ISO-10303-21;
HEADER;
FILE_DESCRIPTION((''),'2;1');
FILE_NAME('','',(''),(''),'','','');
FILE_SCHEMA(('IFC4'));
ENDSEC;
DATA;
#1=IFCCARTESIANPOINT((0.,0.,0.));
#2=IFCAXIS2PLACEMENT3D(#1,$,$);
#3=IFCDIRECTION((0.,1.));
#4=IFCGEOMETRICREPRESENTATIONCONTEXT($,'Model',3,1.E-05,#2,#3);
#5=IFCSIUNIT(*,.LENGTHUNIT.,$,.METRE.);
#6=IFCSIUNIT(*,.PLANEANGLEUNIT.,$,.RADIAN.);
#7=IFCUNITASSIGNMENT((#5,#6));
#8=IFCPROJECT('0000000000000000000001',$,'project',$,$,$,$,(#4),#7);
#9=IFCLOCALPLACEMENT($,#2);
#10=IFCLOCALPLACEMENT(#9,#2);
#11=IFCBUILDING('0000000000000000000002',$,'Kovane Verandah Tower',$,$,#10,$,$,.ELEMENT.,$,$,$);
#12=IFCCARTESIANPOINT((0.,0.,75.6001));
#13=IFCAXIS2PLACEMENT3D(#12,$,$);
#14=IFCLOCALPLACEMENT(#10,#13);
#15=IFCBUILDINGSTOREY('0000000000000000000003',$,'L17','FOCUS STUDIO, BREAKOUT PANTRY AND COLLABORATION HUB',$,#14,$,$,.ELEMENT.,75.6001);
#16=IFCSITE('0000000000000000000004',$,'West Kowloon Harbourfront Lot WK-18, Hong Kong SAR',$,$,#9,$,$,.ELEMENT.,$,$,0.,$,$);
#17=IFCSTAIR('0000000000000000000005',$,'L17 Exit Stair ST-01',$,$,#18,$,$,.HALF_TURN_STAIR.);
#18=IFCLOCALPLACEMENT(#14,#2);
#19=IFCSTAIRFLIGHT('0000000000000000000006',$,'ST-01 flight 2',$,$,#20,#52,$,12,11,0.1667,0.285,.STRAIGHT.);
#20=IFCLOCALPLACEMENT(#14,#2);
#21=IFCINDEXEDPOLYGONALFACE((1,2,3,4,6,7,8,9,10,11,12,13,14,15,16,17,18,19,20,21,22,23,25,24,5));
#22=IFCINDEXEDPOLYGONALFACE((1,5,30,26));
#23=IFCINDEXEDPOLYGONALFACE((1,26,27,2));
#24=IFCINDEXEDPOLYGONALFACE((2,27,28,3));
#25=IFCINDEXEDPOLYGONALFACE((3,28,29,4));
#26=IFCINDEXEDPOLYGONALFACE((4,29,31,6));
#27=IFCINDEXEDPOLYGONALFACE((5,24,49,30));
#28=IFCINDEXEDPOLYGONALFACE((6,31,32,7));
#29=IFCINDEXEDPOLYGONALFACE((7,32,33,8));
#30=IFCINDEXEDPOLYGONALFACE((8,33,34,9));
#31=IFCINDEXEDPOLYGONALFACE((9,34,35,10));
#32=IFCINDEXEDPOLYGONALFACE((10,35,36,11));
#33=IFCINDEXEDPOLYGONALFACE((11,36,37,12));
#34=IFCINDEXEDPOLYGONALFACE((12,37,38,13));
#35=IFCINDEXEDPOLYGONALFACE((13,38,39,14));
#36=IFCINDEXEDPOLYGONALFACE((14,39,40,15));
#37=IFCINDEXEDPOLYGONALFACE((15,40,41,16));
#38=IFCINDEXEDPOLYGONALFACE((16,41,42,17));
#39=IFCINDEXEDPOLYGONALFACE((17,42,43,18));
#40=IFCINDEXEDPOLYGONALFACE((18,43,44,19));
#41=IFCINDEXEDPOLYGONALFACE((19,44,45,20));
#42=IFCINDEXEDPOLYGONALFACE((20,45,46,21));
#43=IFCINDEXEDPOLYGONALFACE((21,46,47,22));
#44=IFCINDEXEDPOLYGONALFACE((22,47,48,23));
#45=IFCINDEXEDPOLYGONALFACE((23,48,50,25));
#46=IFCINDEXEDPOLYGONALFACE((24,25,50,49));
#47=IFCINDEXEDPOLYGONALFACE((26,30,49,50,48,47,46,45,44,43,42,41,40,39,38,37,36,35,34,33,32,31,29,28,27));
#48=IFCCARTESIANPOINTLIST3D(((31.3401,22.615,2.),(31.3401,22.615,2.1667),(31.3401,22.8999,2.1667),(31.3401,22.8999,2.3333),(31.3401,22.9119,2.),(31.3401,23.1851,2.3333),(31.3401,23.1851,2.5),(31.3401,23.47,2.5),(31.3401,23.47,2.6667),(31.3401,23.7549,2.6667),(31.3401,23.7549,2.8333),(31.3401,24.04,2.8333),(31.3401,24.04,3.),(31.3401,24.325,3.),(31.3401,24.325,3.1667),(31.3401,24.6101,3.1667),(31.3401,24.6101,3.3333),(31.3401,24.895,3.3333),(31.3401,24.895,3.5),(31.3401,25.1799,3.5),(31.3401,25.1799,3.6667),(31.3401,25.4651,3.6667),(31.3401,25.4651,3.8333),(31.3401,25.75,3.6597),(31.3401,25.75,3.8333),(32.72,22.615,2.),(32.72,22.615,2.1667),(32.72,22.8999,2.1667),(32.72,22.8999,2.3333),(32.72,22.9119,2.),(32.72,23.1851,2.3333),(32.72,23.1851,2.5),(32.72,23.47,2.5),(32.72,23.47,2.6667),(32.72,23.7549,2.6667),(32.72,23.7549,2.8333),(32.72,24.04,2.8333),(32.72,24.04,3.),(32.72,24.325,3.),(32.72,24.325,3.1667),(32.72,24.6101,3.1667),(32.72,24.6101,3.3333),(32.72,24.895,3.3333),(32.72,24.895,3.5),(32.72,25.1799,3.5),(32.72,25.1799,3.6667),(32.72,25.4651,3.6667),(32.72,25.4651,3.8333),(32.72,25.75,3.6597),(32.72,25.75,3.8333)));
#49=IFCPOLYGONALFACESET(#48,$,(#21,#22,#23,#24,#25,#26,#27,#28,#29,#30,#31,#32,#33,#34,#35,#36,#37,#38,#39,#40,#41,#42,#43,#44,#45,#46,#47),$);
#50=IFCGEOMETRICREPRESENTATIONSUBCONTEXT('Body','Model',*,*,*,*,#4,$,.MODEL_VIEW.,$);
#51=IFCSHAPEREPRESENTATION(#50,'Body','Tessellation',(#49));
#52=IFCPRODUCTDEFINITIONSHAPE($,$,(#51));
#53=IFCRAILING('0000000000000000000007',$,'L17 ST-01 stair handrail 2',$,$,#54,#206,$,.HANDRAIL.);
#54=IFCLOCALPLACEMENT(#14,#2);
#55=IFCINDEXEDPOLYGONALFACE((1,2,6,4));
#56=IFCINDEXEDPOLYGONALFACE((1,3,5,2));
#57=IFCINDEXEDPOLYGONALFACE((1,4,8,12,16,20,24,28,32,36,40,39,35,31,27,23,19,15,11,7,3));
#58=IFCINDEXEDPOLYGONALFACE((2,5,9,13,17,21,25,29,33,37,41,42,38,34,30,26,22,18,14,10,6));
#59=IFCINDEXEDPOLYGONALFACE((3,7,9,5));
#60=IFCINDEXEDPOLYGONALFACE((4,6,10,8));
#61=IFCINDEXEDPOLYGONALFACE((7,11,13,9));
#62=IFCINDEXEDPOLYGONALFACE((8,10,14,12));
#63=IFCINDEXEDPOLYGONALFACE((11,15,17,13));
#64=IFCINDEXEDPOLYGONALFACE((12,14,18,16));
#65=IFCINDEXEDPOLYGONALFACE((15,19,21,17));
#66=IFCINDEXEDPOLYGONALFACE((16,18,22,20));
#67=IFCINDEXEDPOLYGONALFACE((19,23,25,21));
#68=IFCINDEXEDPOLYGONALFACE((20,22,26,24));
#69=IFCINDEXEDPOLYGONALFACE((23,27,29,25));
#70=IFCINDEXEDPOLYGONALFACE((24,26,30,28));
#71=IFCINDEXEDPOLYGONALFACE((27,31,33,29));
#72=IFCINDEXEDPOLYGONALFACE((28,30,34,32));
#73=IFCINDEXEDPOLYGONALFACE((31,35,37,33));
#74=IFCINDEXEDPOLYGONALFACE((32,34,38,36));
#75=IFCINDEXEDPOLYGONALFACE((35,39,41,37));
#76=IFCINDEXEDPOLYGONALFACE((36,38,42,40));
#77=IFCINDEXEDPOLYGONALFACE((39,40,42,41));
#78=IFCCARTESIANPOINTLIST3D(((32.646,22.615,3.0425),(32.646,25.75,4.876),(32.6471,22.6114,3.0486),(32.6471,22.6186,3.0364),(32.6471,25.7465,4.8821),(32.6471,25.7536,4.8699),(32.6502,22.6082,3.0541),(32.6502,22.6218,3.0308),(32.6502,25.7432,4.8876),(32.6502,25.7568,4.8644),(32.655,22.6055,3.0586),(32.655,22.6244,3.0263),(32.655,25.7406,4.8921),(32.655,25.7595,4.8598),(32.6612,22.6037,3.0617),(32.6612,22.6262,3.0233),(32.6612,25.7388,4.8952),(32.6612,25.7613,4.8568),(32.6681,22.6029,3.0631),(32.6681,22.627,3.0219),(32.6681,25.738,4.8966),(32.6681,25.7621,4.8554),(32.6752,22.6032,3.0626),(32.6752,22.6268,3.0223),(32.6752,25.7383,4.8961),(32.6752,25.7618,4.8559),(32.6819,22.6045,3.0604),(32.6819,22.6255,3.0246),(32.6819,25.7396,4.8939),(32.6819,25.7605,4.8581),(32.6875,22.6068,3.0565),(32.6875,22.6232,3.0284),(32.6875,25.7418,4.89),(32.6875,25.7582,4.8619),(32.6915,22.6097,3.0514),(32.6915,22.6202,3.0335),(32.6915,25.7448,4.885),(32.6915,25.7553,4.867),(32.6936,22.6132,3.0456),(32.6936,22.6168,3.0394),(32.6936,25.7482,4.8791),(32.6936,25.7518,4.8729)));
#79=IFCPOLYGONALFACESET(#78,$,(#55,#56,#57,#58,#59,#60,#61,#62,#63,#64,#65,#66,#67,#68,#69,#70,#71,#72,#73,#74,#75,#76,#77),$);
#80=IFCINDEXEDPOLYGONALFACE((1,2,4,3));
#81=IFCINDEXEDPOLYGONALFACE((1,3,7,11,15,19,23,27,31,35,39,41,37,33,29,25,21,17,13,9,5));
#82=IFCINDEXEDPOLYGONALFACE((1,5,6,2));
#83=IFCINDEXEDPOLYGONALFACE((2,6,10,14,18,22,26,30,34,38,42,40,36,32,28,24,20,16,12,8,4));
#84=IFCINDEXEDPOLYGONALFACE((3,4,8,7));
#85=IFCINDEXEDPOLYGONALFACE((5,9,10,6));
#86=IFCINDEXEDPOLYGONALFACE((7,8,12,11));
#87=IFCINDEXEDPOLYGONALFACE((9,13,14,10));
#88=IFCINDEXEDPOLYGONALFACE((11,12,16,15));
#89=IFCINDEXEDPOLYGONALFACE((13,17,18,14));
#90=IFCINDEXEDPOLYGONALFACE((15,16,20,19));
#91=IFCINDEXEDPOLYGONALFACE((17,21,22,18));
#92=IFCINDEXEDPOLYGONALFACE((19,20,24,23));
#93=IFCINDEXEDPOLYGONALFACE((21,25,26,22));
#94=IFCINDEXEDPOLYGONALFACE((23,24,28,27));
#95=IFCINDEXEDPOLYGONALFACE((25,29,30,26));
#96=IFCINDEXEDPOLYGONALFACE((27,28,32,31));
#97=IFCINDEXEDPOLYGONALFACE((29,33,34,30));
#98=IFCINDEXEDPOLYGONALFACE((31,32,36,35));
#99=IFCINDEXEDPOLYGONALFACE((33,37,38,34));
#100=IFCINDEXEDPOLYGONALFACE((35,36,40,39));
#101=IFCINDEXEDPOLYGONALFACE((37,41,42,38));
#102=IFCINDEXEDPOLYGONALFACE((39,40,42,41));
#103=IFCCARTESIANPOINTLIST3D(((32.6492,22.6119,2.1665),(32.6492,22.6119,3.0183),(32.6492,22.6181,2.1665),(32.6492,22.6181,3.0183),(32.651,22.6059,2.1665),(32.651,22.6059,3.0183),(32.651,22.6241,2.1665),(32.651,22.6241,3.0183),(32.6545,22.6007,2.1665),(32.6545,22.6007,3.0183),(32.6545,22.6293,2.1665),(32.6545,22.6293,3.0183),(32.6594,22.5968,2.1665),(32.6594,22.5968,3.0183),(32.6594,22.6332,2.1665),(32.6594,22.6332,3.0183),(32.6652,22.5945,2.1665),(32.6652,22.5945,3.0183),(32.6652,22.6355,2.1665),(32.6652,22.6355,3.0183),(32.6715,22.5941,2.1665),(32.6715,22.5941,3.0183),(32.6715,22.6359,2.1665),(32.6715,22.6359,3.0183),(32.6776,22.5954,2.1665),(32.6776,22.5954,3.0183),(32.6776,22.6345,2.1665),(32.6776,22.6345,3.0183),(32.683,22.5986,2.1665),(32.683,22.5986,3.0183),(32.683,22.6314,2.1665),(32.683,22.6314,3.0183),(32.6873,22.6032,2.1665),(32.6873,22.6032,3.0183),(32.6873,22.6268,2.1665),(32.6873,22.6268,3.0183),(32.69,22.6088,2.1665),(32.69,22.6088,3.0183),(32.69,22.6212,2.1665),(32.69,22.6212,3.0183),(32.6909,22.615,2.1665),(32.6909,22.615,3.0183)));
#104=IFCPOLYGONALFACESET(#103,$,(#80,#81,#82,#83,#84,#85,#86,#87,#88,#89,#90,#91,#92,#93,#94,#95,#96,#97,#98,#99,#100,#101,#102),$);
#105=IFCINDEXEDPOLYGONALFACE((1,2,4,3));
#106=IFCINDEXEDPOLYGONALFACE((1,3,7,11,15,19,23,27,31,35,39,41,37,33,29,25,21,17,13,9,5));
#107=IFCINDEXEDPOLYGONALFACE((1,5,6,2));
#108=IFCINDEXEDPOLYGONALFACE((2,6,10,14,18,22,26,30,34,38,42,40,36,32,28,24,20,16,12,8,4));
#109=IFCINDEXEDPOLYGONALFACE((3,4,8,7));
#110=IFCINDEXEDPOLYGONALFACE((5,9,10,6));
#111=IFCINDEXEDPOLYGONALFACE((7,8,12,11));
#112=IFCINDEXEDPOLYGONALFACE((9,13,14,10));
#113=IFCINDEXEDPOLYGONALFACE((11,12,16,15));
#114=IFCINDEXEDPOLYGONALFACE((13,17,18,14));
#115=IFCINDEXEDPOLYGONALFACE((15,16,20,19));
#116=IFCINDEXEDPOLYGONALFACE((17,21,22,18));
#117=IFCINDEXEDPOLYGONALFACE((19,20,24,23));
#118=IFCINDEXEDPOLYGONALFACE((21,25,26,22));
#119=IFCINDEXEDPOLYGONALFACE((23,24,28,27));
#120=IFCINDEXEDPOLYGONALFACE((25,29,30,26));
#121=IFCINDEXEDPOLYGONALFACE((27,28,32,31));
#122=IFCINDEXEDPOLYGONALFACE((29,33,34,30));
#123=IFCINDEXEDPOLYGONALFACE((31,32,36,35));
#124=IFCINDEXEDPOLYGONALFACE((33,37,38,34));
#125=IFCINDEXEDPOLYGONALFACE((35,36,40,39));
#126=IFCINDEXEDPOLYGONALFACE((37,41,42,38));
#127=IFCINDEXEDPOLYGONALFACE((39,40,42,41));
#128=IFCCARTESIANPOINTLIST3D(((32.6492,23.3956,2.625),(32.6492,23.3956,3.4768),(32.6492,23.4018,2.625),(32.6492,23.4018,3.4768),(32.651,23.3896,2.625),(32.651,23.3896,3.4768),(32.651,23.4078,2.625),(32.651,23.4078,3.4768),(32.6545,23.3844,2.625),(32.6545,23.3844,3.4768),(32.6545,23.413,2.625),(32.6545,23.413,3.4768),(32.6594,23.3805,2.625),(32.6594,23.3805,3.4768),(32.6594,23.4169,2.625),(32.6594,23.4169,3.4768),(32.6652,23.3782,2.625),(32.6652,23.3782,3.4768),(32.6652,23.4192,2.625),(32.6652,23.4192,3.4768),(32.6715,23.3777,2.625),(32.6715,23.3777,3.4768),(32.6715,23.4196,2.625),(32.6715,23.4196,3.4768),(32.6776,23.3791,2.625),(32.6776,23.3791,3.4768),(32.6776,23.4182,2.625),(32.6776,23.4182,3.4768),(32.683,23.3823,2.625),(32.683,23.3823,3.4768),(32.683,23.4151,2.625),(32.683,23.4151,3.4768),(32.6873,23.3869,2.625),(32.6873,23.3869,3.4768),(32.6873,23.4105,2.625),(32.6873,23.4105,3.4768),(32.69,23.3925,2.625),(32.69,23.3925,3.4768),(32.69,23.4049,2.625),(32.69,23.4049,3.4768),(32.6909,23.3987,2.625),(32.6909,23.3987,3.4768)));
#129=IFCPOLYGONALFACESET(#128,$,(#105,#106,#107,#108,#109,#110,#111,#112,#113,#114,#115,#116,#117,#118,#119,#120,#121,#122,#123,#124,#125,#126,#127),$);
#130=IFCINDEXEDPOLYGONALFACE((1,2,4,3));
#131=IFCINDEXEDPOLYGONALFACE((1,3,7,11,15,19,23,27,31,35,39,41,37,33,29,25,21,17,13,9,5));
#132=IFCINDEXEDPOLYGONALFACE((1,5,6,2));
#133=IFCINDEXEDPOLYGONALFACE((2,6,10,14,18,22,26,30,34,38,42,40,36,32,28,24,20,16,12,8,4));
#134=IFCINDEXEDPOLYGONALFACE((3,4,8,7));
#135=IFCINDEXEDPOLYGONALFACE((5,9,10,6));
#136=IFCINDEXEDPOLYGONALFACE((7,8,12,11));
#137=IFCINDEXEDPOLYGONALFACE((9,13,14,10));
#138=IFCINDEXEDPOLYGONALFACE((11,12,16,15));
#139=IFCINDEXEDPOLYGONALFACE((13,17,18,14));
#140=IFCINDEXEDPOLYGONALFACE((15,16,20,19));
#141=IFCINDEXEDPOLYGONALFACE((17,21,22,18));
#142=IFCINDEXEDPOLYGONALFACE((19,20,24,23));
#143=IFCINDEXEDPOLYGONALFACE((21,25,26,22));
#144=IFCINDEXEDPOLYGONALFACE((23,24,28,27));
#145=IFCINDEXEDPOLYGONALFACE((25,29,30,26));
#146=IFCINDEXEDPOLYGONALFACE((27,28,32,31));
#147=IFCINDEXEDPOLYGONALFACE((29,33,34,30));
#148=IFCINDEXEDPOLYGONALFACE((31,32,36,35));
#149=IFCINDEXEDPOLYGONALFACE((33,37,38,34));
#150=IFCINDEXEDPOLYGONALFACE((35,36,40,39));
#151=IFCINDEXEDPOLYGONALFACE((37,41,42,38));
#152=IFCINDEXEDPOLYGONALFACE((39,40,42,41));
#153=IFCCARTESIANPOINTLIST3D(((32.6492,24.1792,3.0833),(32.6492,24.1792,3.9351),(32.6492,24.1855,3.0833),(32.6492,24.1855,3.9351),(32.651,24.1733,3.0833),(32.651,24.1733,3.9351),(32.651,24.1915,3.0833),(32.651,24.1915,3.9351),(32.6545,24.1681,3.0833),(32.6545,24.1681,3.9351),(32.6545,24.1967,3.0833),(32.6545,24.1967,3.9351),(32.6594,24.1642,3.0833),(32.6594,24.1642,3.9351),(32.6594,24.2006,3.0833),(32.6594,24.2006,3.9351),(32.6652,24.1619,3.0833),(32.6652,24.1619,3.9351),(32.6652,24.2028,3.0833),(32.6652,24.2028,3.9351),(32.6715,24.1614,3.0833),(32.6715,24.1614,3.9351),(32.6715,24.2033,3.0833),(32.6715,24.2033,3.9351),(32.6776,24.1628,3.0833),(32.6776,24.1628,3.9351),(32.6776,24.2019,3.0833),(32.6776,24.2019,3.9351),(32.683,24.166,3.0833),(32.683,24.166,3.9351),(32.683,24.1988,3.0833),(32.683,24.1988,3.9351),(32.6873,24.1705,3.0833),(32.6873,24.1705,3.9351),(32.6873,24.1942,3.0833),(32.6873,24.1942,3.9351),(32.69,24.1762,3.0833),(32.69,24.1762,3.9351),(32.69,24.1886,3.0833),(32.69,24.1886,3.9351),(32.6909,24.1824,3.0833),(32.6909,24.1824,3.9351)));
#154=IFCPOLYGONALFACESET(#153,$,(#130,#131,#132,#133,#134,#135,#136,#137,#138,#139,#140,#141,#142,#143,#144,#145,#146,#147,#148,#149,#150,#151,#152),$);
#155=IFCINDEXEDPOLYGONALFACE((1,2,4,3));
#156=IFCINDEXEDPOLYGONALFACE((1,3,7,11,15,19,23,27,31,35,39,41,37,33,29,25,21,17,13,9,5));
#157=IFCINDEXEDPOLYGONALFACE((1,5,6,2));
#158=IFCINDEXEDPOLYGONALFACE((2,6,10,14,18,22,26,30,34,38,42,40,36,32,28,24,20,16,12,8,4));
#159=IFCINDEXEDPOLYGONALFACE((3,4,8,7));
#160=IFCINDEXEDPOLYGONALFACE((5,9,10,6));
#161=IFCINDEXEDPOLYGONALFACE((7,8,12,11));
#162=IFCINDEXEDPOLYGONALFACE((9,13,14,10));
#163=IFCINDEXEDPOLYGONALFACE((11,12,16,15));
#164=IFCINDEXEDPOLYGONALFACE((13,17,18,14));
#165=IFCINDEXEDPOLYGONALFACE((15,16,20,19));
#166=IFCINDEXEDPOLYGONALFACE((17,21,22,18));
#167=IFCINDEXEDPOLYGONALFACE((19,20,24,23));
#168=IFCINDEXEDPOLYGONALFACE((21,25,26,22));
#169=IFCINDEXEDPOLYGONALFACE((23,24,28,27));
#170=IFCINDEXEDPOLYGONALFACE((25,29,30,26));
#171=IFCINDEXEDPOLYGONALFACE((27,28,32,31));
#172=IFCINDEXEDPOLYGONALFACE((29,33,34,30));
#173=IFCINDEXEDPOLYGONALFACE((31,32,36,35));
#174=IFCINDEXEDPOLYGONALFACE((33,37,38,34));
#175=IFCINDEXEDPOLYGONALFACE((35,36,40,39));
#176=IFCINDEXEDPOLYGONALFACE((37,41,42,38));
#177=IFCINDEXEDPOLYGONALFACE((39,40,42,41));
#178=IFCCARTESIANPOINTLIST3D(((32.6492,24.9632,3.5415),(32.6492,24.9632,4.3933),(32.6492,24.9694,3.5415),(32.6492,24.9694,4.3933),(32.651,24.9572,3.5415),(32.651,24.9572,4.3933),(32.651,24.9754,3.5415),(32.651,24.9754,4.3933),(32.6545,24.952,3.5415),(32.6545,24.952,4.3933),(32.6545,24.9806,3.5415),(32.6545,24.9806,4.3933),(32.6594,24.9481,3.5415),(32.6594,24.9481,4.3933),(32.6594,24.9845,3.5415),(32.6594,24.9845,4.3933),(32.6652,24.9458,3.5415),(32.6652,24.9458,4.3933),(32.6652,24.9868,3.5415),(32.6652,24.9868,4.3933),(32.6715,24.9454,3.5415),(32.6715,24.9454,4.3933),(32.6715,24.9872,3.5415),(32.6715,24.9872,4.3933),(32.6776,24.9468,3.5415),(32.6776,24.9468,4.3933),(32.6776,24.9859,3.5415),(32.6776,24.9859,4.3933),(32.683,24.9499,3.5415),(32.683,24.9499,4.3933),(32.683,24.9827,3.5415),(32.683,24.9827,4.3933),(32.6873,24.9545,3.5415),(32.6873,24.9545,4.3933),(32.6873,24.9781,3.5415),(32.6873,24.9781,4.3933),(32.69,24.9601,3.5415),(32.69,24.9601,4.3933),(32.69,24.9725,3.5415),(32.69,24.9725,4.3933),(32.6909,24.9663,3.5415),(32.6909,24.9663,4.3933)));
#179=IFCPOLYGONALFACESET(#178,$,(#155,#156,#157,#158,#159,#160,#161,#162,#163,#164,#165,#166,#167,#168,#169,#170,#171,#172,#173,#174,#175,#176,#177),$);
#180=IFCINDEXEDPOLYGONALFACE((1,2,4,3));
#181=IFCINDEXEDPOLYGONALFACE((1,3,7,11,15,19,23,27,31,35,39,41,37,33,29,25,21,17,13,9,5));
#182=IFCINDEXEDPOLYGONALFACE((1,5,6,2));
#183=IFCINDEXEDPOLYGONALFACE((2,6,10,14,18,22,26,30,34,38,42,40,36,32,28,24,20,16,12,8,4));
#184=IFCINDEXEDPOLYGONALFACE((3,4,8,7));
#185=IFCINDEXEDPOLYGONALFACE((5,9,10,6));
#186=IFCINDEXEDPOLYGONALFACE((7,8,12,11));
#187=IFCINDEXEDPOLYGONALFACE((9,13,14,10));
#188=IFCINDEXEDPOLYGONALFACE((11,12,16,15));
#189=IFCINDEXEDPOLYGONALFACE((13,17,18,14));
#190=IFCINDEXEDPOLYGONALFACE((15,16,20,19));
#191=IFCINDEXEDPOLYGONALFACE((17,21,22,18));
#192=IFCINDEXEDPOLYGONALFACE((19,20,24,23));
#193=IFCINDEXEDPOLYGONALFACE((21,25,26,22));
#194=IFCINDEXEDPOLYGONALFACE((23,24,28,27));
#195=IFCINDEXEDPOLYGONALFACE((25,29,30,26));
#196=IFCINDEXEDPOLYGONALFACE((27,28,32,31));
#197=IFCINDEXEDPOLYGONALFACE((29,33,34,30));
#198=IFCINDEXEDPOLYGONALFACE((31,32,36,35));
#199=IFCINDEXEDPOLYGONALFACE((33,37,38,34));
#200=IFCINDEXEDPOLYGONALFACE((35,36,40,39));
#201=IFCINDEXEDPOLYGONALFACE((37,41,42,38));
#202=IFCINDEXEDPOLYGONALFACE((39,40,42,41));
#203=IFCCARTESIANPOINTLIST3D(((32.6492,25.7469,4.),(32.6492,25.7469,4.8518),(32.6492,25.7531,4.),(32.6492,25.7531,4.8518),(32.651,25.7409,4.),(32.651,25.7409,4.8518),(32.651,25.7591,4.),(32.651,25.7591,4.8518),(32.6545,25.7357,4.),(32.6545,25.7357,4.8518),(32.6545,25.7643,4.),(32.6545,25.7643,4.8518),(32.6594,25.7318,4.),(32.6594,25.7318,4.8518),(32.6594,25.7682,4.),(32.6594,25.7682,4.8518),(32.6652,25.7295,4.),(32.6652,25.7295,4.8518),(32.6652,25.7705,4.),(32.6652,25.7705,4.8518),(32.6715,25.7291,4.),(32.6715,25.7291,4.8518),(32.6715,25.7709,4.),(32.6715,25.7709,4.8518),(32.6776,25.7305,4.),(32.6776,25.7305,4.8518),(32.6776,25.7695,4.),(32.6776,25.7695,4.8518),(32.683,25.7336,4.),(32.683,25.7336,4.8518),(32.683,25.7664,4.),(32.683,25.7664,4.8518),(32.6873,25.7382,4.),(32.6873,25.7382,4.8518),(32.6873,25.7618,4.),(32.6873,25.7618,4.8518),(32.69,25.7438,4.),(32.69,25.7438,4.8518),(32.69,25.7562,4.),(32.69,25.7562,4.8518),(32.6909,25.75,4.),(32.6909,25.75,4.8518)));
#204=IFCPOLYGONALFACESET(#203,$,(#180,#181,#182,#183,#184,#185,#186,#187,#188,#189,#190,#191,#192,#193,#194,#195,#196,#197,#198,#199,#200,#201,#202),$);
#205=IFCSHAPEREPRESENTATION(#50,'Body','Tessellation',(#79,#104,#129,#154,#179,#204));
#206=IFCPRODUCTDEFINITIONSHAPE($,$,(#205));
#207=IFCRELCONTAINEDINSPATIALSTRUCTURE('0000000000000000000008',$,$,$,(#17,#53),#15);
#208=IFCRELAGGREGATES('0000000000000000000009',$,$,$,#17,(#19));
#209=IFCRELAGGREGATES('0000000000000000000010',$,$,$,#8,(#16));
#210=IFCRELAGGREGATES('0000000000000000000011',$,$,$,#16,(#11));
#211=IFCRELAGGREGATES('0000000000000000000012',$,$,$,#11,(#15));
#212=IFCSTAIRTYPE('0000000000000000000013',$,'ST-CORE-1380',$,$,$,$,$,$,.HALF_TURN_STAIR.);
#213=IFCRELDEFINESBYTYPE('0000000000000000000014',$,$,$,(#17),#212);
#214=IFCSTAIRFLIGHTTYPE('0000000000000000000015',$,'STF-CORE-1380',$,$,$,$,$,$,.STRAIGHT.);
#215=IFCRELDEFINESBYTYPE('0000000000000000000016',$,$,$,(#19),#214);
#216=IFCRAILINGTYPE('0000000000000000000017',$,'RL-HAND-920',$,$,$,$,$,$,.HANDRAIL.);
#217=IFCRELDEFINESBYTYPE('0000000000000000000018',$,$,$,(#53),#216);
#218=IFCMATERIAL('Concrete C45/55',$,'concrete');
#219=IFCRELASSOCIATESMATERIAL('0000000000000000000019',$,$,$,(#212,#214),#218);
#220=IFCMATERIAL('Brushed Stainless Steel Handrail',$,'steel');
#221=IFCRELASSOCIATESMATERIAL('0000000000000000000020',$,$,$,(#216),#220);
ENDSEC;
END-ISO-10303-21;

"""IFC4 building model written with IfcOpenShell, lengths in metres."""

from ifc_helpers import new_model, si_unit, direction, frame, origin, origin_2d, place, context, subcontext, project, spatial, polyline, circle, outline, extrude, material, type_object, element, aggregate, save


model = new_model("IFC4")

# Units and contexts
model_context = context("Model", 3, precision=1e-05, world=origin(), true_north=direction((0.0, 1.0)))
body_context = subcontext(model_context, "Body", "Model", "MODEL_VIEW")
ifc_project = project(units=[si_unit("LENGTHUNIT", "METRE"), si_unit("PLANEANGLEUNIT", "RADIAN")], contexts=[model_context])

# Site, building, storey
site_placement = place(None, origin())
site = spatial("IfcSite", under=ifc_project, at=site_placement, Name="West Kowloon Harbourfront Lot WK-18, Hong Kong SAR", CompositionType="ELEMENT", RefElevation=0.0)
building_placement = place(site_placement, origin())
building = spatial("IfcBuilding", under=site, at=building_placement, Name="Kovane Verandah Tower", CompositionType="ELEMENT")
storey_placement = place(building_placement, frame((0.0, 0.0, 75.6001)))
storey = spatial("IfcBuildingStorey", under=building, at=storey_placement, Name="L17", Description="FOCUS STUDIO, BREAKOUT PANTRY AND COLLABORATION HUB", CompositionType="ELEMENT", Elevation=75.6001)

# Shared definitions
ifc_material_1 = material(Name="Concrete C45/55", Category="concrete")

# Stair, stair flight
stair_type = type_object("IfcStairType", Name="ST-CORE-1380", PredefinedType="HALF_TURN_STAIR", material=ifc_material_1)
stair_placement = place(storey_placement, origin())
stair = element("IfcStair", 1, at=stair_placement, inside=storey, type_object=stair_type, Name="L17 Exit Stair ST-01", PredefinedType="HALF_TURN_STAIR")
stair_flight_type = type_object("IfcStairFlightType", Name="STF-CORE-1380", PredefinedType="STRAIGHT", material=ifc_material_1)
stair_flight_placement = place(storey_placement, frame((32.03, 22.615, 2.0), z_axis=(0.0, 0.0, 1.0), x_axis=(0.0, 1.0, 0.0)))
stair_flight = element("IfcStairFlight", 2, at=stair_flight_placement, type_object=stair_flight_type, Name="ST-01 flight 2", NumberOfRisers=12, NumberOfTreads=11, PredefinedType="STRAIGHT", RiserHeight=0.1667, TreadLength=0.285, context=body_context, shape_type="SweptSolid", body=[
    extrude(outline(polyline([(0.0, 0.0), (0.0, 0.1667), (0.2849, 0.1667), (0.2849, 0.3333), (0.5701, 0.3333), (0.5701, 0.5), (0.855, 0.5), (0.855, 0.6667), (1.1399, 0.6667), (1.1399, 0.8333), (1.425, 0.8333), (1.425, 1.0), (1.71, 1.0), (1.71, 1.1667), (1.9951, 1.1667), (1.9951, 1.3333), (2.28, 1.3333), (2.28, 1.5), (2.5649, 1.5), (2.5649, 1.6667), (2.8501, 1.6667), (2.8501, 1.8333), (3.135, 1.8333), (3.135, 2.0), (3.135, 1.6597), (0.2969, 0.0), (0.0, 0.0)])), frame((0.0, 0.6899, 0.0), z_axis=(0.0, -1.0, 0.0), x_axis=(1.0, 0.0, 0.0)), (0.0, 0.0, 1.0), 1.3799),
])
aggregate(stair, [stair_flight])

# Railing
ifc_material_2 = material(Name="Brushed Stainless Steel Handrail", Category="steel")
railing_type = type_object("IfcRailingType", Name="RL-HAND-920", PredefinedType="HANDRAIL", material=ifc_material_2)
railing_placement = place(storey_placement, frame((32.6699, 22.615, 2.1665)))
element("IfcRailing", 3, at=railing_placement, inside=storey, type_object=railing_type, Name="L17 ST-01 stair handrail 2", PredefinedType="HANDRAIL", context=body_context, shape_type="SweptSolid", body=[
    extrude(circle(Radius=0.0239, at=origin_2d()), frame((0.0, 0.0, 0.876), z_axis=(0.0, 0.86321, 0.504845), x_axis=(-1.0, 0.0, 0.0)), (0.0, 0.0, 1.0), 3.6318),
    extrude(circle(Radius=0.021, at=origin_2d()), origin(), (0.0, 0.0, 1.0), 0.8518),
    extrude(circle(Radius=0.021, at=origin_2d()), frame((0.0, 0.7837, 0.4585)), (0.0, 0.0, 1.0), 0.8518),
    extrude(circle(Radius=0.021, at=origin_2d()), frame((0.0, 1.5674, 0.9167)), (0.0, 0.0, 1.0), 0.8518),
    extrude(circle(Radius=0.021, at=origin_2d()), frame((0.0, 2.3513, 1.375)), (0.0, 0.0, 1.0), 0.8518),
    extrude(circle(Radius=0.021, at=origin_2d()), frame((0.0, 3.135, 1.8335)), (0.0, 0.0, 1.0), 0.8518),
])

save(model, "model.ifc")
